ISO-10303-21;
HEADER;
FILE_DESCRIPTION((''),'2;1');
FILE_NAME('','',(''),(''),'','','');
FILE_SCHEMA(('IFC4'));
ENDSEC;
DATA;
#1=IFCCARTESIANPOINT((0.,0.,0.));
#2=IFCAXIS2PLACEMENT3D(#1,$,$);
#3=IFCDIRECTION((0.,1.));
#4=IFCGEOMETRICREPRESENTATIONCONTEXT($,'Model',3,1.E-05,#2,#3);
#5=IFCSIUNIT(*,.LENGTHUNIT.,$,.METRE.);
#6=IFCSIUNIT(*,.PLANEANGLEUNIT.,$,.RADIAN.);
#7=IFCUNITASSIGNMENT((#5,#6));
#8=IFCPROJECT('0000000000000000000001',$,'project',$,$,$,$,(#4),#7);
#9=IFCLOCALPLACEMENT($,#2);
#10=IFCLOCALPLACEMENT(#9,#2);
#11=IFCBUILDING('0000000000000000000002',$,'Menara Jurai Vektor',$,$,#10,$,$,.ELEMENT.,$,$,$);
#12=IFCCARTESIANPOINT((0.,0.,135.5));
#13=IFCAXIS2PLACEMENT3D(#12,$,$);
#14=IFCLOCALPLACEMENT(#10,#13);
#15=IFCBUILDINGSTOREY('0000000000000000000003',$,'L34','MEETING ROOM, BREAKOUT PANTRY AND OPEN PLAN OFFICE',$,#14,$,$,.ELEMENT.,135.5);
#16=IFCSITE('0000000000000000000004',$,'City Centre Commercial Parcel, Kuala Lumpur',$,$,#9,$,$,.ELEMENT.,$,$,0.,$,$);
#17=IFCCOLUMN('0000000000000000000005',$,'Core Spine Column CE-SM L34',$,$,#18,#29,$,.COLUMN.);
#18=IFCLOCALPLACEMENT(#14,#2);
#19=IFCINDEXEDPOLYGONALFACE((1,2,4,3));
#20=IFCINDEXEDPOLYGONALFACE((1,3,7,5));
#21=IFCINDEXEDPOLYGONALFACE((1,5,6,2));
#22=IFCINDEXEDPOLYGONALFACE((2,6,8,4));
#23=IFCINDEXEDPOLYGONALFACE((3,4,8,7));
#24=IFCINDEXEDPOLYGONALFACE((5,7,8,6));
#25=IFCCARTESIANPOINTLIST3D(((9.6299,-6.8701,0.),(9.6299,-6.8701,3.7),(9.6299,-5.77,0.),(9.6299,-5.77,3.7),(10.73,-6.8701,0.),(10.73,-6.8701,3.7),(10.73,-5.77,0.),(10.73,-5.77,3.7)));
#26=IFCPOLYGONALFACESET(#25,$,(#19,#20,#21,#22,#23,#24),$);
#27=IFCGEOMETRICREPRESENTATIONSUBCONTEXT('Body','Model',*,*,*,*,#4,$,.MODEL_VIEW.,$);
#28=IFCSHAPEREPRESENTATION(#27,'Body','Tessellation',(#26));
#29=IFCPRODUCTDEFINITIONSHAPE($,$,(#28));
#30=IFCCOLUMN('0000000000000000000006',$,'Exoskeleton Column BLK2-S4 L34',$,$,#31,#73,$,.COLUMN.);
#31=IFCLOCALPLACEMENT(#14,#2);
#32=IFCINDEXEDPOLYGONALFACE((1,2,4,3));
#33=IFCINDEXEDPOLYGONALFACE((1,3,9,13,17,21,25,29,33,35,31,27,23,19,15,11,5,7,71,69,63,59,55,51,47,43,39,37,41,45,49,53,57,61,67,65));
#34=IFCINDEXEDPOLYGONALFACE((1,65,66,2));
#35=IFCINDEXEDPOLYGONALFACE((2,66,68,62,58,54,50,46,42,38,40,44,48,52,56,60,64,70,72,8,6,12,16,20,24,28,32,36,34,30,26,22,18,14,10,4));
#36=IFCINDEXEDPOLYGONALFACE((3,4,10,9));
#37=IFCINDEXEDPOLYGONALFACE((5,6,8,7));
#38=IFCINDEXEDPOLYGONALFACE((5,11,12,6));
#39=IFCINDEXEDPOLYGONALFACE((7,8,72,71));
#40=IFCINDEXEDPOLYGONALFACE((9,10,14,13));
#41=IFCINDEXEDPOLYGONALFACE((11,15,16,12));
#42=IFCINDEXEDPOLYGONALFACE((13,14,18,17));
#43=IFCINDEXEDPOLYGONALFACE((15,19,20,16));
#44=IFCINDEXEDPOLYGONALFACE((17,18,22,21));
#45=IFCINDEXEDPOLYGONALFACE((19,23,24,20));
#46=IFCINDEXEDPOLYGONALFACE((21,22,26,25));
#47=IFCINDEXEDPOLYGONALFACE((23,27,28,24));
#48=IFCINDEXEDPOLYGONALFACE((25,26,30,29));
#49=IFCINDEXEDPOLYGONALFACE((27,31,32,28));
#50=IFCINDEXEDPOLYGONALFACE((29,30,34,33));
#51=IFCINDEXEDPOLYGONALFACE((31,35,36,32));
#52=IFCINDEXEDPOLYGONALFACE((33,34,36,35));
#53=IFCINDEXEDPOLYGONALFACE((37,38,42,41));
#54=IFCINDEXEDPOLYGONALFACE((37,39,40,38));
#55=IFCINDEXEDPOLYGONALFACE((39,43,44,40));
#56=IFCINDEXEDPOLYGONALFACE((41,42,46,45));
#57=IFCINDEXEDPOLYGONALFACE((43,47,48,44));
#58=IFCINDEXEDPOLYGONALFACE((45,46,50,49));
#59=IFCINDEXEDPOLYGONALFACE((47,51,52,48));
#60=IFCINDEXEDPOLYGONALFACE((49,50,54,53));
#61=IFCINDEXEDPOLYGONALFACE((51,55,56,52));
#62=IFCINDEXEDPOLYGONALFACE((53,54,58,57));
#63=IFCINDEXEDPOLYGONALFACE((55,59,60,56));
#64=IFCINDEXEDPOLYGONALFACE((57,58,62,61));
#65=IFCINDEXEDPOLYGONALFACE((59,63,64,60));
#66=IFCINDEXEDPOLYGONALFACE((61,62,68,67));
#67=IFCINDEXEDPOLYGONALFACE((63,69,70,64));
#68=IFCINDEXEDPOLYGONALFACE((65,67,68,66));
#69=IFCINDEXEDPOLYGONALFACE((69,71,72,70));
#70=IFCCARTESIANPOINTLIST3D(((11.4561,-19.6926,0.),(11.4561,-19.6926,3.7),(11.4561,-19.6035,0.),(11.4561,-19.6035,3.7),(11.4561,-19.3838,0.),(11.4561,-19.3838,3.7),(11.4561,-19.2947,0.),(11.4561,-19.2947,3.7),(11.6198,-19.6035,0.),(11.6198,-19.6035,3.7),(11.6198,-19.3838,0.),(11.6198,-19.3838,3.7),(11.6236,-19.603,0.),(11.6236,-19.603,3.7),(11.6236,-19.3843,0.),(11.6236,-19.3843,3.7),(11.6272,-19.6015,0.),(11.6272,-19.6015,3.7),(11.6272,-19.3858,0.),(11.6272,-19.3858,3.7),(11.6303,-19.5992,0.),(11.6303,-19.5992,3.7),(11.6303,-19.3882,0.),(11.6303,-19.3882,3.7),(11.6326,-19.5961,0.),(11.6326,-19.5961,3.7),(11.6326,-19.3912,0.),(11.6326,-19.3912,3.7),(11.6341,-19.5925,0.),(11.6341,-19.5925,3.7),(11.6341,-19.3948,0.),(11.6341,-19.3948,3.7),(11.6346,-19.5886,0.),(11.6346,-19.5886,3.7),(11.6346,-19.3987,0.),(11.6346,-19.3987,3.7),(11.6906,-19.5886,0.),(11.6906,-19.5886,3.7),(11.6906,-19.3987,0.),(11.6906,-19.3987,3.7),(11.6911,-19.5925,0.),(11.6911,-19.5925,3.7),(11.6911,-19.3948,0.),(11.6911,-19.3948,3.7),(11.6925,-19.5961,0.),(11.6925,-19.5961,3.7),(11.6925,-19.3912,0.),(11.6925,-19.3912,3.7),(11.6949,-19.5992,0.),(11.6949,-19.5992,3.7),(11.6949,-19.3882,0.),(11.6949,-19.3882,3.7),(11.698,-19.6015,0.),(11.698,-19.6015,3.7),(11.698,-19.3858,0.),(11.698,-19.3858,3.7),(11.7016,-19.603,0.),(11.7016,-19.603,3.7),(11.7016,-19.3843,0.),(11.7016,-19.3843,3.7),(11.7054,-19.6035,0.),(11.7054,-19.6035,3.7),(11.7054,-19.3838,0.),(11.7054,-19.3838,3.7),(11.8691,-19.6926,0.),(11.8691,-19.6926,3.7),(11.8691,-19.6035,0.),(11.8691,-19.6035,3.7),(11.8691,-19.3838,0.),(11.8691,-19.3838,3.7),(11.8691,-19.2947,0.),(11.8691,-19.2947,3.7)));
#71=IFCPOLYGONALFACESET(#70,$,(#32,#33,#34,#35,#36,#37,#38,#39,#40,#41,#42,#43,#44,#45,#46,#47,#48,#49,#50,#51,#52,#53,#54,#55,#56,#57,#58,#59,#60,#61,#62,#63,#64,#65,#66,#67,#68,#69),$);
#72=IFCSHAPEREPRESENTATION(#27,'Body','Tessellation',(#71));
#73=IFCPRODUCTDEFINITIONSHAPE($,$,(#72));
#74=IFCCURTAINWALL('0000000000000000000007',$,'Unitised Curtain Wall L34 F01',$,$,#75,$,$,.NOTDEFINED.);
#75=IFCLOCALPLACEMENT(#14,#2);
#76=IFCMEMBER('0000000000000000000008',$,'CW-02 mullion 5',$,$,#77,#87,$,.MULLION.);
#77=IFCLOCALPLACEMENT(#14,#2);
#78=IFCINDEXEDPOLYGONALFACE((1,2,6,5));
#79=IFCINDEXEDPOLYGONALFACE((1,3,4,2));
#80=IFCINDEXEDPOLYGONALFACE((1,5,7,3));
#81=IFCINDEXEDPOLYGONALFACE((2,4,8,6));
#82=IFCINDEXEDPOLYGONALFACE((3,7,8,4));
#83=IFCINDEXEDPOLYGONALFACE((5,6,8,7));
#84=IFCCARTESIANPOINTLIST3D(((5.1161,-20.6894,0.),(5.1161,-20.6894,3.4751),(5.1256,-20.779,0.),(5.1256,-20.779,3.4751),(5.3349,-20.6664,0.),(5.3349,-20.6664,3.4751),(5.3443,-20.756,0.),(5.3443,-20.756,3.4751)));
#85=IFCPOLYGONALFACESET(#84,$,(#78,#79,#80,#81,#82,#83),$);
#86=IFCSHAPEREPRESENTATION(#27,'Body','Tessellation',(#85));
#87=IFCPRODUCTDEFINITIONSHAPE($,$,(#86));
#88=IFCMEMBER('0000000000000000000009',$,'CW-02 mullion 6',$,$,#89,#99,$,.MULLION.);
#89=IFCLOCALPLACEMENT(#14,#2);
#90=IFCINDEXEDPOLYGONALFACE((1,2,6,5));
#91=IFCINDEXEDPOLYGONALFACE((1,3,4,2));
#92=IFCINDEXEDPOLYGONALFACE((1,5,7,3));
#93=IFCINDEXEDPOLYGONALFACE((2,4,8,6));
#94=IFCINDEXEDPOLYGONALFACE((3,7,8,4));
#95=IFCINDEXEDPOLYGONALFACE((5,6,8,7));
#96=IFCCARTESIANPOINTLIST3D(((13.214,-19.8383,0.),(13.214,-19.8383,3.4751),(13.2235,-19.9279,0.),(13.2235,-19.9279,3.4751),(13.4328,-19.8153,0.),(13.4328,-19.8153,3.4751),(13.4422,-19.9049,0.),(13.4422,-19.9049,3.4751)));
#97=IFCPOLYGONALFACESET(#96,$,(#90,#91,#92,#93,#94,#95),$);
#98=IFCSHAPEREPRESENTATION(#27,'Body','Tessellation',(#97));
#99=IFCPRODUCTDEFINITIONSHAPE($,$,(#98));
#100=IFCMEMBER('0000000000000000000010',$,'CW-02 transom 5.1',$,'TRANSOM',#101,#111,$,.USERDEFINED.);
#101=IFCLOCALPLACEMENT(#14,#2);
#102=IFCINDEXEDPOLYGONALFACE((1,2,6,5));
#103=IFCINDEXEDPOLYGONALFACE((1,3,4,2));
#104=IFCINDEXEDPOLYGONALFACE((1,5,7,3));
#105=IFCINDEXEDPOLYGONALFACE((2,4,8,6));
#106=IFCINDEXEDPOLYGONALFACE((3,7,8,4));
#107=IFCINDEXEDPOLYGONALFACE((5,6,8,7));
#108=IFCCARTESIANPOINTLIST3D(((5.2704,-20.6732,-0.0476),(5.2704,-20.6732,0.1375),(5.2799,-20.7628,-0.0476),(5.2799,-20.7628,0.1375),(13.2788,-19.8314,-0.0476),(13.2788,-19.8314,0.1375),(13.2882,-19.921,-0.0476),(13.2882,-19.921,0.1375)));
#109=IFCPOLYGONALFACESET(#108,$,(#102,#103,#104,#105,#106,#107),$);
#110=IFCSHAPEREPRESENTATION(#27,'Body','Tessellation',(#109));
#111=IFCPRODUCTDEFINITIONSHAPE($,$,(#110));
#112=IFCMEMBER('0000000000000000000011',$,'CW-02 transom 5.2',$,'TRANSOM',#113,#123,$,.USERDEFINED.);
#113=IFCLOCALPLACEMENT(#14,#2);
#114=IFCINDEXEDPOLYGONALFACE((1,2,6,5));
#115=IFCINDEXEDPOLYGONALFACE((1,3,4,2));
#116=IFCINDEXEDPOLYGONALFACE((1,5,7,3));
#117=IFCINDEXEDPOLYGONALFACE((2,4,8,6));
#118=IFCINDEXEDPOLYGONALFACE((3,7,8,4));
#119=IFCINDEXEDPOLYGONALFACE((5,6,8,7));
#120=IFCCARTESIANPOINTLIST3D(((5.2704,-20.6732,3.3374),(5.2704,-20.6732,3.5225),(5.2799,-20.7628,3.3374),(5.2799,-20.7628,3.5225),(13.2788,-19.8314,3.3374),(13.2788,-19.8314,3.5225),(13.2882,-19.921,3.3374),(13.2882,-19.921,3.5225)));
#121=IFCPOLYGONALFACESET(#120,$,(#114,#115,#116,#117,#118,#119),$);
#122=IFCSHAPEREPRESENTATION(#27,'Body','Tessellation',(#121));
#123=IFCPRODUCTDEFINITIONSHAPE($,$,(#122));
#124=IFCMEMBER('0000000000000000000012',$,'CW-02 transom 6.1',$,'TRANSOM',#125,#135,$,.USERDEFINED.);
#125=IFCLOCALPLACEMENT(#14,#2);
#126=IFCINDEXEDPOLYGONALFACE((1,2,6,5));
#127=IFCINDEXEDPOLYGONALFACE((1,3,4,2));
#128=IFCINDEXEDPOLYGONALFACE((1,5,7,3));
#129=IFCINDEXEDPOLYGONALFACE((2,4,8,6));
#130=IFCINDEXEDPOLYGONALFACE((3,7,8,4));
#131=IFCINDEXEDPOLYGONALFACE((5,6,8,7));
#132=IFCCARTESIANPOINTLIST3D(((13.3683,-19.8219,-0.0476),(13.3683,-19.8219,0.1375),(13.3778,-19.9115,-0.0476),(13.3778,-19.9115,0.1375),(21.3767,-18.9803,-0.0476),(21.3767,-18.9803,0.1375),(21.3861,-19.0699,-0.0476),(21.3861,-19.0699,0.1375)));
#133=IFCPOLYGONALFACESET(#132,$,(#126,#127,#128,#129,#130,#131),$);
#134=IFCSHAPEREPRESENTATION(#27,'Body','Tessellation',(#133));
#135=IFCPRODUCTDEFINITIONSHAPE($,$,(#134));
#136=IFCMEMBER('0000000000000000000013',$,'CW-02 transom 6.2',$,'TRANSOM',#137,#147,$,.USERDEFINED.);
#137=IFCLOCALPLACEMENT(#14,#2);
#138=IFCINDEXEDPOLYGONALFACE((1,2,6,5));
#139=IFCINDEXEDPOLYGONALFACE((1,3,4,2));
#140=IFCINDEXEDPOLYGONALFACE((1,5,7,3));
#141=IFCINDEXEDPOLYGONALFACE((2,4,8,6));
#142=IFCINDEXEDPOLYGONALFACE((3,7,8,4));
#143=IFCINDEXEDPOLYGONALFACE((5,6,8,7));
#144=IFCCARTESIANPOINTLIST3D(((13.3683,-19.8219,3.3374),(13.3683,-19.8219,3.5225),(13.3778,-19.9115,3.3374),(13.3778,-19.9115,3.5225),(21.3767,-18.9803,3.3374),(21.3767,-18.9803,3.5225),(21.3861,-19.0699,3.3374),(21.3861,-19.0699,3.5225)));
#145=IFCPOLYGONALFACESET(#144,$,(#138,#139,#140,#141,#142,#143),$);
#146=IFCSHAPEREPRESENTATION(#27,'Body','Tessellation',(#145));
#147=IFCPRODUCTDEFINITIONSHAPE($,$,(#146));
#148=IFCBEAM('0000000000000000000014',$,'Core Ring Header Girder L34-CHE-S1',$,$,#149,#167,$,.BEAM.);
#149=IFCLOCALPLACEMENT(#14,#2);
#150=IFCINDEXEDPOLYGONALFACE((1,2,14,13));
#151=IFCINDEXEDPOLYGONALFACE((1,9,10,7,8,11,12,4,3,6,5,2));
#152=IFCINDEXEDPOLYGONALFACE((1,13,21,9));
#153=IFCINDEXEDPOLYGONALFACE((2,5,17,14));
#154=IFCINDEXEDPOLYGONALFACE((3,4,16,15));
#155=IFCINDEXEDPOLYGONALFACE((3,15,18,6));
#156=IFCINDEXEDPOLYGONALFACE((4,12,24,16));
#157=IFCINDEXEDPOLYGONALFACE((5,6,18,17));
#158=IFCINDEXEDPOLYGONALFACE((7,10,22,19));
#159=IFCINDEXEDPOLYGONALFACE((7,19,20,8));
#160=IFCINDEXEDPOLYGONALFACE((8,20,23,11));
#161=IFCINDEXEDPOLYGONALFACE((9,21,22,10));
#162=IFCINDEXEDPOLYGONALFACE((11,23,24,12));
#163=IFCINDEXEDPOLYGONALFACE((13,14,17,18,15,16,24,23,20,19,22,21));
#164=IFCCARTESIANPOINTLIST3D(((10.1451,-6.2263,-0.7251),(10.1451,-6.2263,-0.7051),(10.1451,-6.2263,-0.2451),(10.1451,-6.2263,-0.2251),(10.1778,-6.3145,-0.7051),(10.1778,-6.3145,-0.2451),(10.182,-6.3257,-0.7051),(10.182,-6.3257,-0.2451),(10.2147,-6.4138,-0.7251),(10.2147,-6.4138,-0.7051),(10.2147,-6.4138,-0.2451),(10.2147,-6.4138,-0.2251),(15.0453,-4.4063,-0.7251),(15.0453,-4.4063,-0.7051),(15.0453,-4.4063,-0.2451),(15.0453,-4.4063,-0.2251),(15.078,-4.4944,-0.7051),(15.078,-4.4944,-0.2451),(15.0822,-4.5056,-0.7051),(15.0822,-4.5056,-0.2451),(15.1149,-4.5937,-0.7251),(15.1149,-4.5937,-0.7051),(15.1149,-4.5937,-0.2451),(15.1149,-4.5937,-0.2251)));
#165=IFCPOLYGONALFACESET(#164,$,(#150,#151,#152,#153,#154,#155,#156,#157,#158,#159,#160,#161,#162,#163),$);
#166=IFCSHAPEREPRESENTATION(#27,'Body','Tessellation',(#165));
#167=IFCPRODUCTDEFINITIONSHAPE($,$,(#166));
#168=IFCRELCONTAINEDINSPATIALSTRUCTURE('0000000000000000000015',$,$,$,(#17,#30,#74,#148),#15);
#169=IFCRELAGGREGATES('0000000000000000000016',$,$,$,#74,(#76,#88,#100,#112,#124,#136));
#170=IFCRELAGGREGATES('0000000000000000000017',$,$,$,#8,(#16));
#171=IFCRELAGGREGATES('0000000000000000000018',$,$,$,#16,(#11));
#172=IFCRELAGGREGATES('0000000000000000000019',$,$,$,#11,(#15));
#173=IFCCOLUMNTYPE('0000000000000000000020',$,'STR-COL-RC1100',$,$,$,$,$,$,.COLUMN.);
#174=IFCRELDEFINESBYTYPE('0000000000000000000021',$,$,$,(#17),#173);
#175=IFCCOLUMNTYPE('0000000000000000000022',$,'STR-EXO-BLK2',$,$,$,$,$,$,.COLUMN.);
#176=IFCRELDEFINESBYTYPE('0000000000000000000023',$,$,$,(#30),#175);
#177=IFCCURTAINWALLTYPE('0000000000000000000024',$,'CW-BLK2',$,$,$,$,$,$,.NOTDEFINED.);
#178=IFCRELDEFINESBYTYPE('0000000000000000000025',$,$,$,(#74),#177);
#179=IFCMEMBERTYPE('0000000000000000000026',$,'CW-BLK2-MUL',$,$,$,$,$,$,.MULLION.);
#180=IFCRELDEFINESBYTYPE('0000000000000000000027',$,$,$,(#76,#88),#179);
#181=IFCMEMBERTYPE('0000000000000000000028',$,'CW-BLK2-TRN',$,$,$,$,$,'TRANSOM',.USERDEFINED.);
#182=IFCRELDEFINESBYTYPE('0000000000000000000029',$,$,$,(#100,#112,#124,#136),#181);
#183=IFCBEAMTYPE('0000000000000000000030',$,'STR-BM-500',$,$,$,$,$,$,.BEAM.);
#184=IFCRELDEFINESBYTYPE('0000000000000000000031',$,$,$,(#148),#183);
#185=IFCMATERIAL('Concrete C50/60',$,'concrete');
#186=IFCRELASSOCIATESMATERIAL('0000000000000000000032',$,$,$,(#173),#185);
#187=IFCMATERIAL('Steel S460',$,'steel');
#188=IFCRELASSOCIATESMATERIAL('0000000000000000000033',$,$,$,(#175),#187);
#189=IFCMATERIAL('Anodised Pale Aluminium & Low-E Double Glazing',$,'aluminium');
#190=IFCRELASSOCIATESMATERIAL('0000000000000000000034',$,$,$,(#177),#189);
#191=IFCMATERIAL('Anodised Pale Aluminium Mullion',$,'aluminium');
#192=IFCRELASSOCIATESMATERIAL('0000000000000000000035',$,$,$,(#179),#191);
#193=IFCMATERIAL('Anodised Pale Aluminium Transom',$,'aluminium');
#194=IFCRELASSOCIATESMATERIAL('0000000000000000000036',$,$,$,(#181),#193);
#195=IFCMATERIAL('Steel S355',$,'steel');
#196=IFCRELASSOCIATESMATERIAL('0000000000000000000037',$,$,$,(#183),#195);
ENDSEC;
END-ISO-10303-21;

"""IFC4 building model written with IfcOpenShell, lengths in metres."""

from ifc_helpers import new_model, si_unit, direction, frame, origin, origin_2d, place, context, subcontext, project, spatial, rectangle, i_section, extrude, material, material_profile, profile_set, type_object, element, aggregate, save


model = new_model("IFC4")

# Units and contexts
model_context = context("Model", 3, precision=1e-05, world=origin(), true_north=direction((0.0, 1.0)))
body_context = subcontext(model_context, "Body", "Model", "MODEL_VIEW")
ifc_project = project(units=[si_unit("LENGTHUNIT", "METRE"), si_unit("PLANEANGLEUNIT", "RADIAN")], contexts=[model_context])

# Site, building, storey
site_placement = place(None, origin())
site = spatial("IfcSite", under=ifc_project, at=site_placement, Name="City Centre Commercial Parcel, Kuala Lumpur", CompositionType="ELEMENT", RefElevation=0.0)
building_placement = place(site_placement, origin())
building = spatial("IfcBuilding", under=site, at=building_placement, Name="Menara Jurai Vektor", CompositionType="ELEMENT")
storey_placement = place(building_placement, frame((0.0, 0.0, 135.5)))
storey = spatial("IfcBuildingStorey", under=building, at=storey_placement, Name="L34", Description="MEETING ROOM, BREAKOUT PANTRY AND OPEN PLAN OFFICE", CompositionType="ELEMENT", Elevation=135.5)

# Columns
ifc_material_1 = material(Name="Concrete C50/60", Category="concrete")
ifc_material_profile_1 = material_profile(ifc_material_1, rectangle(XDim=1.1001, YDim=1.1001, at=origin_2d()), Name="RC 1100x1100")
ifc_profile_set_1 = profile_set([ifc_material_profile_1], Name="Concrete C50/60")
column_type_1 = type_object("IfcColumnType", Name="STR-COL-RC1100", PredefinedType="COLUMN", material=ifc_profile_set_1)
column_1_placement = place(storey_placement, frame((10.1799, -6.3201, 0.0), z_axis=(0.0, 0.0, 1.0), x_axis=(1.0, 0.0, 0.0)))
element("IfcColumn", 1, at=column_1_placement, inside=storey, type_object=column_type_1, Name="Core Spine Column CE-SM L34", PredefinedType="COLUMN", context=body_context, shape_type="SweptSolid", body=[
    extrude(rectangle(XDim=1.1001, YDim=1.1001, at=origin_2d()), origin(), (0.0, 0.0, 1.0), 3.7),
])
ifc_material_2 = material(Name="Steel S460", Category="steel")
ifc_material_profile_2 = material_profile(ifc_material_2, i_section(OverallWidth=0.4131, OverallDepth=0.3979, WebThickness=0.0559, FlangeThickness=0.0891, FilletRadius=0.0149, at=origin_2d()), Name="HD 400x744")
ifc_profile_set_2 = profile_set([ifc_material_profile_2], Name="Steel S460")
column_type_2 = type_object("IfcColumnType", Name="STR-EXO-BLK2", PredefinedType="COLUMN", material=ifc_profile_set_2)
column_2_placement = place(storey_placement, frame((11.6626, -19.4937, 0.0), z_axis=(0.0, 0.0, 1.0), x_axis=(1.0, 0.0, 0.0)))
element("IfcColumn", 2, at=column_2_placement, inside=storey, type_object=column_type_2, Name="Exoskeleton Column BLK2-S4 L34", PredefinedType="COLUMN", context=body_context, shape_type="SweptSolid", body=[
    extrude(i_section(OverallWidth=0.4131, OverallDepth=0.3979, WebThickness=0.0559, FlangeThickness=0.0891, FilletRadius=0.0149, at=origin_2d()), origin(), (0.0, 0.0, 1.0), 3.7),
])

# Curtain wall, members
ifc_material_3 = material(Name="Anodised Pale Aluminium & Low-E Double Glazing", Category="aluminium")
curtain_wall_type = type_object("IfcCurtainWallType", Name="CW-BLK2", PredefinedType="NOTDEFINED", material=ifc_material_3)
curtain_wall_placement = place(storey_placement, origin())
curtain_wall = element("IfcCurtainWall", 3, at=curtain_wall_placement, inside=storey, type_object=curtain_wall_type, Name="Unitised Curtain Wall L34 F01", PredefinedType="NOTDEFINED")
ifc_material_4 = material(Name="Anodised Pale Aluminium Mullion", Category="aluminium")
ifc_material_profile_3 = material_profile(ifc_material_4, rectangle(XDim=0.0901, YDim=0.22, at=origin_2d()), Name="ALU MUL 90x220")
ifc_profile_set_3 = profile_set([ifc_material_profile_3], Name="Anodised Pale Aluminium Mullion")
member_type_1 = type_object("IfcMemberType", Name="CW-BLK2-MUL", PredefinedType="MULLION", material=ifc_profile_set_3)
member_1_placement = place(storey_placement, frame((5.2302, -20.7227, 0.0), z_axis=(0.0, 0.0, 1.0), x_axis=(-0.104529, 0.994522, 0.0)))
member_1 = element("IfcMember", 4, at=member_1_placement, type_object=member_type_1, Name="CW-02 mullion 5", PredefinedType="MULLION", context=body_context, shape_type="SweptSolid", body=[
    extrude(rectangle(XDim=0.0901, YDim=0.22, at=origin_2d()), origin(), (0.0, 0.0, 1.0), 3.4751),
])
member_2_placement = place(storey_placement, frame((13.3281, -19.8716, 0.0), z_axis=(0.0, 0.0, 1.0), x_axis=(-0.104529, 0.994522, 0.0)))
member_2 = element("IfcMember", 5, at=member_2_placement, type_object=member_type_1, Name="CW-02 mullion 6", PredefinedType="MULLION", context=body_context, shape_type="SweptSolid", body=[
    extrude(rectangle(XDim=0.0901, YDim=0.22, at=origin_2d()), origin(), (0.0, 0.0, 1.0), 3.4751),
])
ifc_material_5 = material(Name="Anodised Pale Aluminium Transom", Category="aluminium")
ifc_material_profile_4 = material_profile(ifc_material_5, rectangle(XDim=0.0901, YDim=0.1851, at=origin_2d()), Name="ALU TRN 90x185")
ifc_profile_set_4 = profile_set([ifc_material_profile_4], Name="Anodised Pale Aluminium Transom")
member_type_2 = type_object("IfcMemberType", Name="CW-BLK2-TRN", ElementType="TRANSOM", PredefinedType="USERDEFINED", material=ifc_profile_set_4)
member_3_placement = place(storey_placement, frame((5.2751, -20.718, 0.0449), z_axis=(0.994521, 0.10454, 0.0), x_axis=(-0.10454, 0.994521, 0.0)))
member_3 = element("IfcMember", 6, at=member_3_placement, type_object=member_type_2, Name="CW-02 transom 5.1", ObjectType="TRANSOM", PredefinedType="USERDEFINED", context=body_context, shape_type="SweptSolid", body=[
    extrude(rectangle(XDim=0.0901, YDim=0.1851, at=origin_2d()), origin(), (0.0, 0.0, 1.0), 8.0525),
])
member_4_placement = place(storey_placement, frame((5.2751, -20.718, 3.4299), z_axis=(0.994521, 0.10454, 0.0), x_axis=(-0.10454, 0.994521, 0.0)))
member_4 = element("IfcMember", 7, at=member_4_placement, type_object=member_type_2, Name="CW-02 transom 5.2", ObjectType="TRANSOM", PredefinedType="USERDEFINED", context=body_context, shape_type="SweptSolid", body=[
    extrude(rectangle(XDim=0.0901, YDim=0.1851, at=origin_2d()), origin(), (0.0, 0.0, 1.0), 8.0525),
])
member_5_placement = place(storey_placement, frame((13.373, -19.8667, 0.0449), z_axis=(0.994524, 0.10451, 0.0), x_axis=(-0.10451, 0.994524, 0.0)))
member_5 = element("IfcMember", 8, at=member_5_placement, type_object=member_type_2, Name="CW-02 transom 6.1", ObjectType="TRANSOM", PredefinedType="USERDEFINED", context=body_context, shape_type="SweptSolid", body=[
    extrude(rectangle(XDim=0.0901, YDim=0.1851, at=origin_2d()), origin(), (0.0, 0.0, 1.0), 8.0525),
])
member_6_placement = place(storey_placement, frame((13.373, -19.8667, 3.4299), z_axis=(0.994524, 0.10451, 0.0), x_axis=(-0.10451, 0.994524, 0.0)))
member_6 = element("IfcMember", 9, at=member_6_placement, type_object=member_type_2, Name="CW-02 transom 6.2", ObjectType="TRANSOM", PredefinedType="USERDEFINED", context=body_context, shape_type="SweptSolid", body=[
    extrude(rectangle(XDim=0.0901, YDim=0.1851, at=origin_2d()), origin(), (0.0, 0.0, 1.0), 8.0525),
])

# Beam
ifc_material_6 = material(Name="Steel S355", Category="steel")
ifc_material_profile_5 = material_profile(ifc_material_6, i_section(OverallWidth=0.2, OverallDepth=0.5, WebThickness=0.012, FlangeThickness=0.02, at=origin_2d()), Name="PG 500x200x96")
ifc_profile_set_5 = profile_set([ifc_material_profile_5], Name="Steel S355")
beam_type_1 = type_object("IfcBeamType", Name="STR-BM-500", PredefinedType="BEAM", material=ifc_profile_set_5)
beam_1_placement = place(storey_placement, frame((10.1799, -6.3201, -0.4751), z_axis=(0.937424, 0.348189, 0.0), x_axis=(-0.348189, 0.937424, 0.0)))
element("IfcBeam", 10, at=beam_1_placement, inside=storey, type_object=beam_type_1, Name="Core Ring Header Girder L34-CHE-S1", PredefinedType="BEAM", context=body_context, shape_type="SweptSolid", body=[
    extrude(i_section(OverallWidth=0.2, OverallDepth=0.5, WebThickness=0.012, FlangeThickness=0.02, at=origin_2d()), origin(), (0.0, 0.0, 1.0), 5.2273),
])

aggregate(curtain_wall, [member_1, member_2, member_3, member_4, member_5, member_6])

save(model, "model.ifc")
